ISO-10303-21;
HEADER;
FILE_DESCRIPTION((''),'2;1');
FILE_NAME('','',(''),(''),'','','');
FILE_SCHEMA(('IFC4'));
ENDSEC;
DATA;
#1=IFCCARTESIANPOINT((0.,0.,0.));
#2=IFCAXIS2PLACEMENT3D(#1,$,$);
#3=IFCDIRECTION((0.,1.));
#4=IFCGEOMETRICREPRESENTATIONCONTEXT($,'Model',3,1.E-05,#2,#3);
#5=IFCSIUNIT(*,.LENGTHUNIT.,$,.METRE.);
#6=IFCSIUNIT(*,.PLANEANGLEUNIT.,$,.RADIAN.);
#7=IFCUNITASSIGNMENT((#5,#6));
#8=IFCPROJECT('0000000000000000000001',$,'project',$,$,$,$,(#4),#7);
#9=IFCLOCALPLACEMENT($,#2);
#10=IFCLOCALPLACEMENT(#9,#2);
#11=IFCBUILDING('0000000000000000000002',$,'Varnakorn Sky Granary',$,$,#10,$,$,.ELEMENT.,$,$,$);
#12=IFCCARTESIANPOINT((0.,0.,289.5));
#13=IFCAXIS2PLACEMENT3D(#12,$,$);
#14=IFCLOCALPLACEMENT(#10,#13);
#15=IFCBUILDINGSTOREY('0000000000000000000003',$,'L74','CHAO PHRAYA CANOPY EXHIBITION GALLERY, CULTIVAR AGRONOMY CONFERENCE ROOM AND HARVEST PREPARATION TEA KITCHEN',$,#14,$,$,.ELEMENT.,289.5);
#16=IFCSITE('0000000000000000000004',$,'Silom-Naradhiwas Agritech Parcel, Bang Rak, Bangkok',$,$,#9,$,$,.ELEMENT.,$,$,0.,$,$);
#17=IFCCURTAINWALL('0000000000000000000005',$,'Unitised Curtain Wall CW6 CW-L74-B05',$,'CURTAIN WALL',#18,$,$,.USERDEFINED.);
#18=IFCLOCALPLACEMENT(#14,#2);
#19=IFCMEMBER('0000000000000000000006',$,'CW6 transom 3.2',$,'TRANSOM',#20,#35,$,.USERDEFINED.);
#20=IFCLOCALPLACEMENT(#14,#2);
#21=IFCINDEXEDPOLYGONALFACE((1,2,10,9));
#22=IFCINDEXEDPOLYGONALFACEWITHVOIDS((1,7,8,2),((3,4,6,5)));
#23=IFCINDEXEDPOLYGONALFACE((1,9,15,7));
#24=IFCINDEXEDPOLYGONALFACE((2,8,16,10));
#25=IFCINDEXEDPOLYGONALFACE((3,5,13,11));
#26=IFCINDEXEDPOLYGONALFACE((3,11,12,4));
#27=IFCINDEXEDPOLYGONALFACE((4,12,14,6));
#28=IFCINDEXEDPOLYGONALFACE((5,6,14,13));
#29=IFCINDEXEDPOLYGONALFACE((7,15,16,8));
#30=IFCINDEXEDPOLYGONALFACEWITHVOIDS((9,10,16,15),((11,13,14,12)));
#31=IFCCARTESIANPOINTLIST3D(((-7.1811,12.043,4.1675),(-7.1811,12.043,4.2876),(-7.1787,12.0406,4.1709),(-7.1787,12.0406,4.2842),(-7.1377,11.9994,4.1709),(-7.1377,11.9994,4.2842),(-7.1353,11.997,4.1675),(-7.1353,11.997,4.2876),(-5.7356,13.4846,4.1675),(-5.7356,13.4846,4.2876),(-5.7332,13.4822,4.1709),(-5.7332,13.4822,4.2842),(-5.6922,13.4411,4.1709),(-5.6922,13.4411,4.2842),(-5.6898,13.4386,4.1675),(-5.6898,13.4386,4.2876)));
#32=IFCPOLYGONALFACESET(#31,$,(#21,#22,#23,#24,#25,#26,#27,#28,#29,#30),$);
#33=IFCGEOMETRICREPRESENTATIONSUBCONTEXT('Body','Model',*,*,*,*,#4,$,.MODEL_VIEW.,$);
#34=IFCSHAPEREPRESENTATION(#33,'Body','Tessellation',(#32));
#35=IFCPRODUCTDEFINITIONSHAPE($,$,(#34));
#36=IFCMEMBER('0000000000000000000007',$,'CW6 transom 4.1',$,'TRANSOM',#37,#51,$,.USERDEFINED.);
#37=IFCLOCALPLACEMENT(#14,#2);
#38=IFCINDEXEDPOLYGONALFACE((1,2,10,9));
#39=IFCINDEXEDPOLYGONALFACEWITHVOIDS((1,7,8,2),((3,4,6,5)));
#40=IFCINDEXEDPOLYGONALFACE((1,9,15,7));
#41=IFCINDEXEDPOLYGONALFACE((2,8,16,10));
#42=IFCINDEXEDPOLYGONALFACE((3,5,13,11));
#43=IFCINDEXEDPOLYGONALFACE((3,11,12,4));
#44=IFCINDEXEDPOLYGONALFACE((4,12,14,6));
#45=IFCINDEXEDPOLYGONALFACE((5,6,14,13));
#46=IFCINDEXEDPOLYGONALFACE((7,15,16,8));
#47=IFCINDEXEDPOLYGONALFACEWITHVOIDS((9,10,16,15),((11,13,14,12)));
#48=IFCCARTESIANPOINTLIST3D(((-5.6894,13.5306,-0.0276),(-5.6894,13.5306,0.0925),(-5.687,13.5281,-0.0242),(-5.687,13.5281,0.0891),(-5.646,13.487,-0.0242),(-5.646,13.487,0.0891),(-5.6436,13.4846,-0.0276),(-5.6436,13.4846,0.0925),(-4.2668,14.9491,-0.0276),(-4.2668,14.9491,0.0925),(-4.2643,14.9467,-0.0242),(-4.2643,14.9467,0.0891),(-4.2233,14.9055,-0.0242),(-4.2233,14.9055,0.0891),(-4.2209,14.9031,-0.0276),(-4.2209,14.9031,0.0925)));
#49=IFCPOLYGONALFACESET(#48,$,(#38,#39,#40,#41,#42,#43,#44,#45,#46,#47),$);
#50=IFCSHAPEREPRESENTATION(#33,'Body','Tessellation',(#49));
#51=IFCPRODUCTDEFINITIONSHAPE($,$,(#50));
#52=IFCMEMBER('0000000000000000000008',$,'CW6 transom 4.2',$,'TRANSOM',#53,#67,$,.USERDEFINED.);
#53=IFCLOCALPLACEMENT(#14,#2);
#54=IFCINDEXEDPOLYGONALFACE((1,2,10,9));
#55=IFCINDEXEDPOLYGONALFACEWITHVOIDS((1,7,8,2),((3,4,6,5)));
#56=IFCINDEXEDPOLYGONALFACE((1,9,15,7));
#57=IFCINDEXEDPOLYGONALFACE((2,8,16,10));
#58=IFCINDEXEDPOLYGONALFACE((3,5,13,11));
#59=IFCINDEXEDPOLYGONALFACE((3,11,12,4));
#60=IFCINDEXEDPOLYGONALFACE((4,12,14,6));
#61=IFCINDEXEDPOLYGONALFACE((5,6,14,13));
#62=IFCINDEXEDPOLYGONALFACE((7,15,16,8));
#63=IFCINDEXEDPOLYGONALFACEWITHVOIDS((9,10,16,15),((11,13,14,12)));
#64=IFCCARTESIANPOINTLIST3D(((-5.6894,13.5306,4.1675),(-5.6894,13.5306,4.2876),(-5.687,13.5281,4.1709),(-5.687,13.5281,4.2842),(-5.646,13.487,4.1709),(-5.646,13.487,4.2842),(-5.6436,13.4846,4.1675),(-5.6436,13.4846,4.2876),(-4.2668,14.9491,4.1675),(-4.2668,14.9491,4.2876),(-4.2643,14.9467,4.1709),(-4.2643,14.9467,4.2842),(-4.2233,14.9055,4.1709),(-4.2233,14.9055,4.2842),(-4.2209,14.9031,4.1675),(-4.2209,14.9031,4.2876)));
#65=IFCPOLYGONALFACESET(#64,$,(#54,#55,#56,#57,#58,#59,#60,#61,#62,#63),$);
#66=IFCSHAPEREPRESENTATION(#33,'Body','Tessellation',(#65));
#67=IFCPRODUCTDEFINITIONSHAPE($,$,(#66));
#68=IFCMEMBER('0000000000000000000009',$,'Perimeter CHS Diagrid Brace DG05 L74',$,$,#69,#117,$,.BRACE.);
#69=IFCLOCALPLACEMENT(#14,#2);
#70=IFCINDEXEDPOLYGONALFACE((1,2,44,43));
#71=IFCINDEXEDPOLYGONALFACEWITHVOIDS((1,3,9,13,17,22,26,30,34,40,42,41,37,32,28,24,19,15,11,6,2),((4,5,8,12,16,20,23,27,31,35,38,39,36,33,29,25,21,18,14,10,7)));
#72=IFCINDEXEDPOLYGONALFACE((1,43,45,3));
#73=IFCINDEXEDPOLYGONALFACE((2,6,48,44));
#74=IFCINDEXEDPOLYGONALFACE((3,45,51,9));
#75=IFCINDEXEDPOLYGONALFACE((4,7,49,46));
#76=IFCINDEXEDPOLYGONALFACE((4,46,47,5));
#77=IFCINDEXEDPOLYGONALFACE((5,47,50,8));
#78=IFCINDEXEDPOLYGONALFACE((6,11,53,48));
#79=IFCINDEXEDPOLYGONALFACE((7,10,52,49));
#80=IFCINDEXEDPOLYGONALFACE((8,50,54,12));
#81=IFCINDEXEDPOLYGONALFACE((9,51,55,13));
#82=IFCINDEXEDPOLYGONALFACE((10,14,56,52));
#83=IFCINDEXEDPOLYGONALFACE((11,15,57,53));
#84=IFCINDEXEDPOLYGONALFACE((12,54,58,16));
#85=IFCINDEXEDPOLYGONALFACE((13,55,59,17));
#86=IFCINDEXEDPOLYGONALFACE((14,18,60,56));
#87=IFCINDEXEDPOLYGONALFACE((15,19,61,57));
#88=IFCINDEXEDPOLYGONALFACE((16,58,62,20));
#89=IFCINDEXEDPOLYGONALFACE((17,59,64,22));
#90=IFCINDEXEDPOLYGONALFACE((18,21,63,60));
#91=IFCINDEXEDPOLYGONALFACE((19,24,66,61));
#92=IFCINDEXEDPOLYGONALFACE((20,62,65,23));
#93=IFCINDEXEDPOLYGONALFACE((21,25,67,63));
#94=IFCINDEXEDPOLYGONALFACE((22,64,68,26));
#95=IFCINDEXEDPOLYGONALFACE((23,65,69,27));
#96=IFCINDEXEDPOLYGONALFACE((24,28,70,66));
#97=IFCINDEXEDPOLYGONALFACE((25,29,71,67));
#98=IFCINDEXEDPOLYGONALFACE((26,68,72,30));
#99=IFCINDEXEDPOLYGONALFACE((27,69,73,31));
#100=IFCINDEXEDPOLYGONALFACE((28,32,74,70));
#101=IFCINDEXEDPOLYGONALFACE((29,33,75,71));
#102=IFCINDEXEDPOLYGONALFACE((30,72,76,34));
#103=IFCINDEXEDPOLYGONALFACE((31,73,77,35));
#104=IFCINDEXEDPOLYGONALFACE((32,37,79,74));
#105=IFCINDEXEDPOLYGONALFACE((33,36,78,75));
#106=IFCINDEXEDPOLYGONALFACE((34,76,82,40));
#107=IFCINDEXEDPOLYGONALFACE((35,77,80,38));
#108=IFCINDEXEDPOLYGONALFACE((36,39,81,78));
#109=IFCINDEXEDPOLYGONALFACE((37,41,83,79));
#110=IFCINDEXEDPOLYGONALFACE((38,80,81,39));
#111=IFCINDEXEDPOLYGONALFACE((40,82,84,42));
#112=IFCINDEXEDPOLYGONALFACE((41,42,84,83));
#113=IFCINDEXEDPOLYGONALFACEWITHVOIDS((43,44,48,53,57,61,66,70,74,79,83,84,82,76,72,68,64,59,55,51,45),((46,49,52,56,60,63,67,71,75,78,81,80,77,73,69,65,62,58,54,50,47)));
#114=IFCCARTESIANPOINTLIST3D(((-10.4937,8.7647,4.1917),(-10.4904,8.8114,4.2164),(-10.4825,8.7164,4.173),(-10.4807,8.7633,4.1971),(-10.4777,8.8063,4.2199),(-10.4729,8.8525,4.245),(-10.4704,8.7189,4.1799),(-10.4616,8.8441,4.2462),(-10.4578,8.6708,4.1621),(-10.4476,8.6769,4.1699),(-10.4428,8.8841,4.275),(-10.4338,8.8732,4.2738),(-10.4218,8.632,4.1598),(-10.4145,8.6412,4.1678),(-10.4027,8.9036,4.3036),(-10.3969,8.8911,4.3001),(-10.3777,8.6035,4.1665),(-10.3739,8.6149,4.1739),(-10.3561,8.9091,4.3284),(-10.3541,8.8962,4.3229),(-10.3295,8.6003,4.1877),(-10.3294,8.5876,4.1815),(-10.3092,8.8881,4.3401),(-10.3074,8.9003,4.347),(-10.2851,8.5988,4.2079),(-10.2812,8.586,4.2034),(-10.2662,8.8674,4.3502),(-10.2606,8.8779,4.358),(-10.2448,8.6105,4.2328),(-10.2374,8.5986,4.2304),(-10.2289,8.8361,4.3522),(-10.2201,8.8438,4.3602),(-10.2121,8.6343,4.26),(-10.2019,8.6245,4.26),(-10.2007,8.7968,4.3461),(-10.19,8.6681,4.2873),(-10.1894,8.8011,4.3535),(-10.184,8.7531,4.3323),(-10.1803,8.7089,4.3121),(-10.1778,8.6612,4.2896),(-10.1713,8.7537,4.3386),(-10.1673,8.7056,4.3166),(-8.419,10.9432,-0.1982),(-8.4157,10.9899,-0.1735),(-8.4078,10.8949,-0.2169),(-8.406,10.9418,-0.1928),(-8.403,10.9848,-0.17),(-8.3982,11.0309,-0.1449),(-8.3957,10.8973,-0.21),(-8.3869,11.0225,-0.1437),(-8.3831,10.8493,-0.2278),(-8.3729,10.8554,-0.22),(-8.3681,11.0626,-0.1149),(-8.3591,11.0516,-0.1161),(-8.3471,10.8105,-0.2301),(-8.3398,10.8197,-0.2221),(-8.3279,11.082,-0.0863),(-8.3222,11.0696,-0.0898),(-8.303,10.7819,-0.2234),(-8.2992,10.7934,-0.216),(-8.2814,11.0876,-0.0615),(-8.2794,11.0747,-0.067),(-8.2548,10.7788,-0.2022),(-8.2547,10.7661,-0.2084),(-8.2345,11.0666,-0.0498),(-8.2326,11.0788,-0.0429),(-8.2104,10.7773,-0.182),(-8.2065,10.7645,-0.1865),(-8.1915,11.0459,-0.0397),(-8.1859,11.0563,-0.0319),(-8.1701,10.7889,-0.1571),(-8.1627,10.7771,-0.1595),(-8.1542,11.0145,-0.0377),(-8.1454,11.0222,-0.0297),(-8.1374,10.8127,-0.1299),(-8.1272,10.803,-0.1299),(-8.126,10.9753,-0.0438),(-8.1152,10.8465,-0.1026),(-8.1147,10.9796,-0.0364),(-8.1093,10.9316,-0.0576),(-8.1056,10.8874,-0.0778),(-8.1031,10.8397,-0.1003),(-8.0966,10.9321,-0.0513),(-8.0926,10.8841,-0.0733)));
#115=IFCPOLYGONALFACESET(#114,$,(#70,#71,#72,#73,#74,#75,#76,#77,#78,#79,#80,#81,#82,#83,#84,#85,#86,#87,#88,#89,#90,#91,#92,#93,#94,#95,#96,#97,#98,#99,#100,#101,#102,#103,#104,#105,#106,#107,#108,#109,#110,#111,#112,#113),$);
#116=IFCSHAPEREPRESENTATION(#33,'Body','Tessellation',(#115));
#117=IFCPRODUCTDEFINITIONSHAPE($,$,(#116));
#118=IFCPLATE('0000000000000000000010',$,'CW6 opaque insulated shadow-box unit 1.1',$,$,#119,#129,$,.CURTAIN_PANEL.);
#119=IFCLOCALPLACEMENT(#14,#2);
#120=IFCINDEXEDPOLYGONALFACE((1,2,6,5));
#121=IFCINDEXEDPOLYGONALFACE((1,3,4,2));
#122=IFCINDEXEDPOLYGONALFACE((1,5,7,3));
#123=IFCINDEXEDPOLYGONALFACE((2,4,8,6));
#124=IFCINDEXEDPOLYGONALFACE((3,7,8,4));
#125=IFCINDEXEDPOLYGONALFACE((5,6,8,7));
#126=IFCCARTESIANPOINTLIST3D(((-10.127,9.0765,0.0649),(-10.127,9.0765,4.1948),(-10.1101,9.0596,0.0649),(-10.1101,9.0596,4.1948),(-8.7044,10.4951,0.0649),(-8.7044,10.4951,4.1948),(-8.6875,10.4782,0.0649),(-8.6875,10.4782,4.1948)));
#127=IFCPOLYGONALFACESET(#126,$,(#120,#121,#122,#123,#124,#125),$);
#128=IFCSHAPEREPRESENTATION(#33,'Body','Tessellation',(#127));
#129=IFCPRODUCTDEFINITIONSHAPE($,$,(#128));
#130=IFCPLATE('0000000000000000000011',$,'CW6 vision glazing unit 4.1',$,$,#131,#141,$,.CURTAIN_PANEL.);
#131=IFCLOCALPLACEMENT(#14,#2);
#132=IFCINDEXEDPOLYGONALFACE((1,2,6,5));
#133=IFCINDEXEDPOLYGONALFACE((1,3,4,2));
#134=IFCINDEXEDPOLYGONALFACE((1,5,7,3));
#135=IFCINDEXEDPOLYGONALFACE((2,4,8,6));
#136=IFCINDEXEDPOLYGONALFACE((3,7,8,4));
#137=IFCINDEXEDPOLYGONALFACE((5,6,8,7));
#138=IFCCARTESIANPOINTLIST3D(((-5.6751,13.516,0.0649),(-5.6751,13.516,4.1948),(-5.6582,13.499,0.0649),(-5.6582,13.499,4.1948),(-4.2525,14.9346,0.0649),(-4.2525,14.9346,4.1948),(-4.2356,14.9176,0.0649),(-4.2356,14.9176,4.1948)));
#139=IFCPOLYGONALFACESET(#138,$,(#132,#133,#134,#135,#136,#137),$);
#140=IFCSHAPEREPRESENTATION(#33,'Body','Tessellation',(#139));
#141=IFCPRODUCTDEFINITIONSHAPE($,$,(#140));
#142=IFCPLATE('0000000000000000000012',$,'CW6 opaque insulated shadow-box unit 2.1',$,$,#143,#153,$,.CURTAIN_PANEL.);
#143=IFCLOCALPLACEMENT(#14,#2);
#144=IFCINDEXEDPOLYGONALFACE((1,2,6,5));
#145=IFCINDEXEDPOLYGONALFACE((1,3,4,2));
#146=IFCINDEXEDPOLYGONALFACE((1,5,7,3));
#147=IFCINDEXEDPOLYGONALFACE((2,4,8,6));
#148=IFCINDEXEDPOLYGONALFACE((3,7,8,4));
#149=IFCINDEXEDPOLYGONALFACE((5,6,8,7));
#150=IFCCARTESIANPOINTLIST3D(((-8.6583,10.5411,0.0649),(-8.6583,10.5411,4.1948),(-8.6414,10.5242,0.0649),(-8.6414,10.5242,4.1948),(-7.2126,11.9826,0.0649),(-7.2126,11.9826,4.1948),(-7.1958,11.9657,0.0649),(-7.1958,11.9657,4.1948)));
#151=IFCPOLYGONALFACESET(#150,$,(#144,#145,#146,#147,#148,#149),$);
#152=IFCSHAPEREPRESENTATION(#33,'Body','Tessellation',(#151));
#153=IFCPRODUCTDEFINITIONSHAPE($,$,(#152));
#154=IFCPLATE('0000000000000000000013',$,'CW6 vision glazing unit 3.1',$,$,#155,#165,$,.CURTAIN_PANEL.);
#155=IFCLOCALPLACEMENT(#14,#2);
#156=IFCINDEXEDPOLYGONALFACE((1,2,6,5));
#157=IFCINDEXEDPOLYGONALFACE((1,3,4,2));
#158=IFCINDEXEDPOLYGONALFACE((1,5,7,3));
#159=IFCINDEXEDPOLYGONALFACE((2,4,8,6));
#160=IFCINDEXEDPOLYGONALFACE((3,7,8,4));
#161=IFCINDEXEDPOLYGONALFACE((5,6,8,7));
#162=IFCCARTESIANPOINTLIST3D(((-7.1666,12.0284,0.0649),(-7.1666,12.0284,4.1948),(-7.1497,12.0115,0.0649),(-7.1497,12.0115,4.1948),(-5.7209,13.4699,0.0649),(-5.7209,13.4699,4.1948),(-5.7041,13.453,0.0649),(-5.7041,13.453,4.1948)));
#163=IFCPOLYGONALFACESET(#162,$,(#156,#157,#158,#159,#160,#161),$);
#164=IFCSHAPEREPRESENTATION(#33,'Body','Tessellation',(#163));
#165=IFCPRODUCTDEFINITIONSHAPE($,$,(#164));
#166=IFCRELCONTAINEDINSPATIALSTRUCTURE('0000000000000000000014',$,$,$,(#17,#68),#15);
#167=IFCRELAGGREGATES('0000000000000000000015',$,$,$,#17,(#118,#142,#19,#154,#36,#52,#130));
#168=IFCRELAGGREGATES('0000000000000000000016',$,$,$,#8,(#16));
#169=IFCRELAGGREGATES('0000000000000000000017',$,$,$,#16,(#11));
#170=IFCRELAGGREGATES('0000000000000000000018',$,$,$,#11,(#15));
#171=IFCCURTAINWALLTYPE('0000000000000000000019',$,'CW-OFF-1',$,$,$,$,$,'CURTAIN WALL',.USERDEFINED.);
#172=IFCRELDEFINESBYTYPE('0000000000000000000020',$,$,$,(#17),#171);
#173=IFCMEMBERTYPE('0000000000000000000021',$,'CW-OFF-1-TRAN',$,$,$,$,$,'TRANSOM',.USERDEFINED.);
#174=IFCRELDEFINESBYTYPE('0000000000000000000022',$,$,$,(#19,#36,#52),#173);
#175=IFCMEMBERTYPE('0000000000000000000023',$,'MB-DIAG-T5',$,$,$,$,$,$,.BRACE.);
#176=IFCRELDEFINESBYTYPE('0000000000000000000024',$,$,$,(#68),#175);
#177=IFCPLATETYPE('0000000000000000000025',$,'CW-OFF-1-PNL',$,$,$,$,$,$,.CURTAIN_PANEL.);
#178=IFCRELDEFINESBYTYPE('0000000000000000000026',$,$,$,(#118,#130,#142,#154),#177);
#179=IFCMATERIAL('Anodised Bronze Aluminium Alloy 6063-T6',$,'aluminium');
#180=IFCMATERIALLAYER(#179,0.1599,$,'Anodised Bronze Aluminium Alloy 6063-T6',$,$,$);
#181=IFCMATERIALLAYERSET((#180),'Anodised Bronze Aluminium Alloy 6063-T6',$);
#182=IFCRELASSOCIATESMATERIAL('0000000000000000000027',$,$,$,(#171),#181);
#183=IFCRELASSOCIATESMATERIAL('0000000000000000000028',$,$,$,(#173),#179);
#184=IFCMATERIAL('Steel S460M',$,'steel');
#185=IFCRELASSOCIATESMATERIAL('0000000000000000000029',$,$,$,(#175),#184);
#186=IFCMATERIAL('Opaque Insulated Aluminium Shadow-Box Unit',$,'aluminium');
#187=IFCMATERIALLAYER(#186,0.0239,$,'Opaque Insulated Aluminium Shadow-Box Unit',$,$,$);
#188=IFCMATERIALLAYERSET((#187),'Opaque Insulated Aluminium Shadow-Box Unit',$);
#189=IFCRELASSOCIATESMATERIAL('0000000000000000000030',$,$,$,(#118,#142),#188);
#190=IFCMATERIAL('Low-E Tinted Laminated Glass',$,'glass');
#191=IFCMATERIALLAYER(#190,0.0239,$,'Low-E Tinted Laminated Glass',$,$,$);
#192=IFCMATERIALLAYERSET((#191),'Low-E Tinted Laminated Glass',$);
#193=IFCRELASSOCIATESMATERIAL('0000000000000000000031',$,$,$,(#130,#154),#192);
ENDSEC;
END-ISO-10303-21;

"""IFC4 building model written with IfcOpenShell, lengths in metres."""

from ifc_helpers import new_model, si_unit, direction, frame, origin, origin_2d, place, context, subcontext, project, spatial, rectangle, hollow_rectangle, hollow_circle, extrude, source, transform, mapped, material, layer, layer_set, material_profile, profile_set, type_object, type_shapes, element, aggregate, save


model = new_model("IFC4")

# Units and contexts
model_context = context("Model", 3, precision=1e-05, world=origin(), true_north=direction((0.0, 1.0)))
body_context = subcontext(model_context, "Body", "Model", "MODEL_VIEW")
ifc_project = project(units=[si_unit("LENGTHUNIT", "METRE"), si_unit("PLANEANGLEUNIT", "RADIAN")], contexts=[model_context])

# Site, building, storey
site_placement = place(None, origin())
site = spatial("IfcSite", under=ifc_project, at=site_placement, Name="Silom-Naradhiwas Agritech Parcel, Bang Rak, Bangkok", CompositionType="ELEMENT", RefElevation=0.0)
building_placement = place(site_placement, origin())
building = spatial("IfcBuilding", under=site, at=building_placement, Name="Varnakorn Sky Granary", CompositionType="ELEMENT")
storey_placement = place(building_placement, frame((0.0, 0.0, 289.5)))
storey = spatial("IfcBuildingStorey", under=building, at=storey_placement, Name="L74", Description="CHAO PHRAYA CANOPY EXHIBITION GALLERY, CULTIVAR AGRONOMY CONFERENCE ROOM AND HARVEST PREPARATION TEA KITCHEN", CompositionType="ELEMENT", Elevation=289.5)

# Shared definitions
ifc_material_1 = material(Name="Steel S460M", Category="steel")

# Shared definitions
ifc_material_2 = material(Name="Anodised Bronze Aluminium Alloy 6063-T6", Category="aluminium")
ifc_layer_1 = layer(ifc_material_2, 0.1599, Name="Anodised Bronze Aluminium Alloy 6063-T6")
ifc_layer_set_1 = layer_set([ifc_layer_1], Name="Anodised Bronze Aluminium Alloy 6063-T6")
curtain_wall_type = type_object("IfcCurtainWallType", Name="CW-OFF-1", ElementType="CURTAIN WALL", PredefinedType="USERDEFINED", material=ifc_layer_set_1)

# Curtain wall
curtain_wall_1_placement = place(storey_placement, origin())
curtain_wall_1 = element("IfcCurtainWall", 1, at=curtain_wall_1_placement, inside=storey, type_object=curtain_wall_type, Name="Unitised Curtain Wall CW6 CW-L74-B05", ObjectType="CURTAIN WALL", PredefinedType="USERDEFINED")

# Members
ifc_material_profile_1 = material_profile(ifc_material_2, hollow_rectangle(XDim=0.0649, YDim=0.1201, WallThickness=0.0034, at=origin_2d()), Name="ALU TRAN 65x120")
ifc_profile_set_1 = profile_set([ifc_material_profile_1], Name="Anodised Bronze Aluminium Alloy 6063-T6")
member_type_1 = type_object("IfcMemberType", Name="CW-OFF-1-TRAN", ElementType="TRANSOM", PredefinedType="USERDEFINED", material=ifc_profile_set_1)
member_1_placement = place(storey_placement, frame((-7.1582, 12.02, 4.2275), z_axis=(0.708063, 0.706149, 0.0), x_axis=(-0.706149, 0.708063, 0.0)))
member_1 = element("IfcMember", 2, at=member_1_placement, type_object=member_type_1, Name="CW6 transom 3.2", ObjectType="TRANSOM", PredefinedType="USERDEFINED", context=body_context, shape_type="SweptSolid", body=[
    extrude(hollow_rectangle(XDim=0.0649, YDim=0.1201, WallThickness=0.0034, at=origin_2d()), origin(), (0.0, 0.0, 1.0), 2.0415),
])
member_2_placement = place(storey_placement, frame((-5.6665, 13.5076, 0.0325), z_axis=(0.708139, 0.706073, 0.0), x_axis=(-0.706073, 0.708139, 0.0)))
member_2 = element("IfcMember", 3, at=member_2_placement, type_object=member_type_1, Name="CW6 transom 4.1", ObjectType="TRANSOM", PredefinedType="USERDEFINED", context=body_context, shape_type="SweptSolid", body=[
    extrude(hollow_rectangle(XDim=0.0649, YDim=0.1201, WallThickness=0.0034, at=origin_2d()), origin(), (0.0, 0.0, 1.0), 2.009),
])
member_3_placement = place(storey_placement, frame((-5.6665, 13.5076, 4.2275), z_axis=(0.708139, 0.706073, 0.0), x_axis=(-0.706073, 0.708139, 0.0)))
member_3 = element("IfcMember", 4, at=member_3_placement, type_object=member_type_1, Name="CW6 transom 4.2", ObjectType="TRANSOM", PredefinedType="USERDEFINED", context=body_context, shape_type="SweptSolid", body=[
    extrude(hollow_rectangle(XDim=0.0649, YDim=0.1201, WallThickness=0.0034, at=origin_2d()), origin(), (0.0, 0.0, 1.0), 2.009),
])
ifc_material_profile_2 = material_profile(ifc_material_1, hollow_circle(Radius=0.1777, WallThickness=0.0142, at=origin_2d()), Name="CHS 355.6x14")
ifc_profile_set_2 = profile_set([ifc_material_profile_2], Name="Steel S460M")
member_type_2 = type_object("IfcMemberType", Name="MB-DIAG-T5", PredefinedType="BRACE", material=ifc_profile_set_2)
member_4_placement = place(storey_placement, frame((-8.2559, 10.9255, -0.1299), z_axis=(-0.389852, -0.40935, 0.824893), x_axis=(0.724142, -0.689651, 0.0)))
element("IfcMember", 5, at=member_4_placement, inside=storey, type_object=member_type_2, Name="Perimeter CHS Diagrid Brace DG05 L74", PredefinedType="BRACE", context=body_context, shape_type="SweptSolid", body=[
    extrude(hollow_circle(Radius=0.1777, WallThickness=0.0142, at=origin_2d()), origin(), (0.0, 0.0, 1.0), 5.3218),
])

# Plates
ifc_material_3 = material(Name="Opaque Insulated Aluminium Shadow-Box Unit", Category="aluminium")
ifc_layer_2 = layer(ifc_material_3, 0.0239, Name="Opaque Insulated Aluminium Shadow-Box Unit")
ifc_layer_set_2 = layer_set([ifc_layer_2], Name="Opaque Insulated Aluminium Shadow-Box Unit")
plate_type = type_object("IfcPlateType", Name="CW-OFF-1-PNL", PredefinedType="CURTAIN_PANEL")
shared_shape_1 = source(origin(), body_context, "Body", "SweptSolid", [
    extrude(rectangle(XDim=2.009, YDim=0.0239, at=origin_2d()), origin(), (0.0, 0.0, 1.0), 4.1299),
])
plate_1_placement = place(storey_placement, frame((-9.4072, 9.7773, 0.0649), z_axis=(0.0, 0.0, 1.0), x_axis=(0.708109, 0.706103, 0.0)))
plate_1 = element("IfcPlate", 6, at=plate_1_placement, type_object=plate_type, material=ifc_layer_set_2, Name="CW6 opaque insulated shadow-box unit 1.1", PredefinedType="CURTAIN_PANEL", context=body_context, shape_type="MappedRepresentation", body=[
    mapped(shared_shape_1, transform((0.0, 0.0, 0.0), x_axis=(1.0, 0.0, 0.0), y_axis=(0.0, 1.0, 0.0), z_axis=(0.0, 0.0, 1.0), scale=1.0)),
])
ifc_material_4 = material(Name="Low-E Tinted Laminated Glass", Category="glass")
ifc_layer_3 = layer(ifc_material_4, 0.0239, Name="Low-E Tinted Laminated Glass")
ifc_layer_set_3 = layer_set([ifc_layer_3], Name="Low-E Tinted Laminated Glass")
plate_2_placement = place(storey_placement, frame((-4.9553, 14.2168, 0.0649), z_axis=(0.0, 0.0, 1.0), x_axis=(0.708109, 0.706103, 0.0)))
plate_2 = element("IfcPlate", 7, at=plate_2_placement, type_object=plate_type, material=ifc_layer_set_3, Name="CW6 vision glazing unit 4.1", PredefinedType="CURTAIN_PANEL", context=body_context, shape_type="MappedRepresentation", body=[
    mapped(shared_shape_1, transform((0.0, 0.0, 0.0), x_axis=(1.0, 0.0, 0.0), y_axis=(0.0, 1.0, 0.0), z_axis=(0.0, 0.0, 1.0), scale=1.0)),
])
shared_shape_2 = source(origin(), body_context, "Body", "SweptSolid", [
    extrude(rectangle(XDim=2.0415, YDim=0.0239, at=origin_2d()), origin(), (0.0, 0.0, 1.0), 4.1299),
])
type_shapes(plate_type, [shared_shape_1, shared_shape_2])
plate_3_placement = place(storey_placement, frame((-7.927, 11.2534, 0.0649), z_axis=(0.0, 0.0, 1.0), x_axis=(0.708109, 0.706103, 0.0)))
plate_3 = element("IfcPlate", 8, at=plate_3_placement, type_object=plate_type, material=ifc_layer_set_2, Name="CW6 opaque insulated shadow-box unit 2.1", PredefinedType="CURTAIN_PANEL", context=body_context, shape_type="MappedRepresentation", body=[
    mapped(shared_shape_2, transform((0.0, 0.0, 0.0), x_axis=(1.0, 0.0, 0.0), y_axis=(0.0, 1.0, 0.0), z_axis=(0.0, 0.0, 1.0), scale=1.0)),
])
plate_4_placement = place(storey_placement, frame((-6.4353, 12.7407, 0.0649), z_axis=(0.0, 0.0, 1.0), x_axis=(0.708109, 0.706103, 0.0)))
plate_4 = element("IfcPlate", 9, at=plate_4_placement, type_object=plate_type, material=ifc_layer_set_3, Name="CW6 vision glazing unit 3.1", PredefinedType="CURTAIN_PANEL", context=body_context, shape_type="MappedRepresentation", body=[
    mapped(shared_shape_2, transform((0.0, 0.0, 0.0), x_axis=(1.0, 0.0, 0.0), y_axis=(0.0, 1.0, 0.0), z_axis=(0.0, 0.0, 1.0), scale=1.0)),
])
aggregate(curtain_wall_1, [plate_1, plate_3, member_1, plate_4, member_2, member_3, plate_2])

save(model, "model.ifc")
